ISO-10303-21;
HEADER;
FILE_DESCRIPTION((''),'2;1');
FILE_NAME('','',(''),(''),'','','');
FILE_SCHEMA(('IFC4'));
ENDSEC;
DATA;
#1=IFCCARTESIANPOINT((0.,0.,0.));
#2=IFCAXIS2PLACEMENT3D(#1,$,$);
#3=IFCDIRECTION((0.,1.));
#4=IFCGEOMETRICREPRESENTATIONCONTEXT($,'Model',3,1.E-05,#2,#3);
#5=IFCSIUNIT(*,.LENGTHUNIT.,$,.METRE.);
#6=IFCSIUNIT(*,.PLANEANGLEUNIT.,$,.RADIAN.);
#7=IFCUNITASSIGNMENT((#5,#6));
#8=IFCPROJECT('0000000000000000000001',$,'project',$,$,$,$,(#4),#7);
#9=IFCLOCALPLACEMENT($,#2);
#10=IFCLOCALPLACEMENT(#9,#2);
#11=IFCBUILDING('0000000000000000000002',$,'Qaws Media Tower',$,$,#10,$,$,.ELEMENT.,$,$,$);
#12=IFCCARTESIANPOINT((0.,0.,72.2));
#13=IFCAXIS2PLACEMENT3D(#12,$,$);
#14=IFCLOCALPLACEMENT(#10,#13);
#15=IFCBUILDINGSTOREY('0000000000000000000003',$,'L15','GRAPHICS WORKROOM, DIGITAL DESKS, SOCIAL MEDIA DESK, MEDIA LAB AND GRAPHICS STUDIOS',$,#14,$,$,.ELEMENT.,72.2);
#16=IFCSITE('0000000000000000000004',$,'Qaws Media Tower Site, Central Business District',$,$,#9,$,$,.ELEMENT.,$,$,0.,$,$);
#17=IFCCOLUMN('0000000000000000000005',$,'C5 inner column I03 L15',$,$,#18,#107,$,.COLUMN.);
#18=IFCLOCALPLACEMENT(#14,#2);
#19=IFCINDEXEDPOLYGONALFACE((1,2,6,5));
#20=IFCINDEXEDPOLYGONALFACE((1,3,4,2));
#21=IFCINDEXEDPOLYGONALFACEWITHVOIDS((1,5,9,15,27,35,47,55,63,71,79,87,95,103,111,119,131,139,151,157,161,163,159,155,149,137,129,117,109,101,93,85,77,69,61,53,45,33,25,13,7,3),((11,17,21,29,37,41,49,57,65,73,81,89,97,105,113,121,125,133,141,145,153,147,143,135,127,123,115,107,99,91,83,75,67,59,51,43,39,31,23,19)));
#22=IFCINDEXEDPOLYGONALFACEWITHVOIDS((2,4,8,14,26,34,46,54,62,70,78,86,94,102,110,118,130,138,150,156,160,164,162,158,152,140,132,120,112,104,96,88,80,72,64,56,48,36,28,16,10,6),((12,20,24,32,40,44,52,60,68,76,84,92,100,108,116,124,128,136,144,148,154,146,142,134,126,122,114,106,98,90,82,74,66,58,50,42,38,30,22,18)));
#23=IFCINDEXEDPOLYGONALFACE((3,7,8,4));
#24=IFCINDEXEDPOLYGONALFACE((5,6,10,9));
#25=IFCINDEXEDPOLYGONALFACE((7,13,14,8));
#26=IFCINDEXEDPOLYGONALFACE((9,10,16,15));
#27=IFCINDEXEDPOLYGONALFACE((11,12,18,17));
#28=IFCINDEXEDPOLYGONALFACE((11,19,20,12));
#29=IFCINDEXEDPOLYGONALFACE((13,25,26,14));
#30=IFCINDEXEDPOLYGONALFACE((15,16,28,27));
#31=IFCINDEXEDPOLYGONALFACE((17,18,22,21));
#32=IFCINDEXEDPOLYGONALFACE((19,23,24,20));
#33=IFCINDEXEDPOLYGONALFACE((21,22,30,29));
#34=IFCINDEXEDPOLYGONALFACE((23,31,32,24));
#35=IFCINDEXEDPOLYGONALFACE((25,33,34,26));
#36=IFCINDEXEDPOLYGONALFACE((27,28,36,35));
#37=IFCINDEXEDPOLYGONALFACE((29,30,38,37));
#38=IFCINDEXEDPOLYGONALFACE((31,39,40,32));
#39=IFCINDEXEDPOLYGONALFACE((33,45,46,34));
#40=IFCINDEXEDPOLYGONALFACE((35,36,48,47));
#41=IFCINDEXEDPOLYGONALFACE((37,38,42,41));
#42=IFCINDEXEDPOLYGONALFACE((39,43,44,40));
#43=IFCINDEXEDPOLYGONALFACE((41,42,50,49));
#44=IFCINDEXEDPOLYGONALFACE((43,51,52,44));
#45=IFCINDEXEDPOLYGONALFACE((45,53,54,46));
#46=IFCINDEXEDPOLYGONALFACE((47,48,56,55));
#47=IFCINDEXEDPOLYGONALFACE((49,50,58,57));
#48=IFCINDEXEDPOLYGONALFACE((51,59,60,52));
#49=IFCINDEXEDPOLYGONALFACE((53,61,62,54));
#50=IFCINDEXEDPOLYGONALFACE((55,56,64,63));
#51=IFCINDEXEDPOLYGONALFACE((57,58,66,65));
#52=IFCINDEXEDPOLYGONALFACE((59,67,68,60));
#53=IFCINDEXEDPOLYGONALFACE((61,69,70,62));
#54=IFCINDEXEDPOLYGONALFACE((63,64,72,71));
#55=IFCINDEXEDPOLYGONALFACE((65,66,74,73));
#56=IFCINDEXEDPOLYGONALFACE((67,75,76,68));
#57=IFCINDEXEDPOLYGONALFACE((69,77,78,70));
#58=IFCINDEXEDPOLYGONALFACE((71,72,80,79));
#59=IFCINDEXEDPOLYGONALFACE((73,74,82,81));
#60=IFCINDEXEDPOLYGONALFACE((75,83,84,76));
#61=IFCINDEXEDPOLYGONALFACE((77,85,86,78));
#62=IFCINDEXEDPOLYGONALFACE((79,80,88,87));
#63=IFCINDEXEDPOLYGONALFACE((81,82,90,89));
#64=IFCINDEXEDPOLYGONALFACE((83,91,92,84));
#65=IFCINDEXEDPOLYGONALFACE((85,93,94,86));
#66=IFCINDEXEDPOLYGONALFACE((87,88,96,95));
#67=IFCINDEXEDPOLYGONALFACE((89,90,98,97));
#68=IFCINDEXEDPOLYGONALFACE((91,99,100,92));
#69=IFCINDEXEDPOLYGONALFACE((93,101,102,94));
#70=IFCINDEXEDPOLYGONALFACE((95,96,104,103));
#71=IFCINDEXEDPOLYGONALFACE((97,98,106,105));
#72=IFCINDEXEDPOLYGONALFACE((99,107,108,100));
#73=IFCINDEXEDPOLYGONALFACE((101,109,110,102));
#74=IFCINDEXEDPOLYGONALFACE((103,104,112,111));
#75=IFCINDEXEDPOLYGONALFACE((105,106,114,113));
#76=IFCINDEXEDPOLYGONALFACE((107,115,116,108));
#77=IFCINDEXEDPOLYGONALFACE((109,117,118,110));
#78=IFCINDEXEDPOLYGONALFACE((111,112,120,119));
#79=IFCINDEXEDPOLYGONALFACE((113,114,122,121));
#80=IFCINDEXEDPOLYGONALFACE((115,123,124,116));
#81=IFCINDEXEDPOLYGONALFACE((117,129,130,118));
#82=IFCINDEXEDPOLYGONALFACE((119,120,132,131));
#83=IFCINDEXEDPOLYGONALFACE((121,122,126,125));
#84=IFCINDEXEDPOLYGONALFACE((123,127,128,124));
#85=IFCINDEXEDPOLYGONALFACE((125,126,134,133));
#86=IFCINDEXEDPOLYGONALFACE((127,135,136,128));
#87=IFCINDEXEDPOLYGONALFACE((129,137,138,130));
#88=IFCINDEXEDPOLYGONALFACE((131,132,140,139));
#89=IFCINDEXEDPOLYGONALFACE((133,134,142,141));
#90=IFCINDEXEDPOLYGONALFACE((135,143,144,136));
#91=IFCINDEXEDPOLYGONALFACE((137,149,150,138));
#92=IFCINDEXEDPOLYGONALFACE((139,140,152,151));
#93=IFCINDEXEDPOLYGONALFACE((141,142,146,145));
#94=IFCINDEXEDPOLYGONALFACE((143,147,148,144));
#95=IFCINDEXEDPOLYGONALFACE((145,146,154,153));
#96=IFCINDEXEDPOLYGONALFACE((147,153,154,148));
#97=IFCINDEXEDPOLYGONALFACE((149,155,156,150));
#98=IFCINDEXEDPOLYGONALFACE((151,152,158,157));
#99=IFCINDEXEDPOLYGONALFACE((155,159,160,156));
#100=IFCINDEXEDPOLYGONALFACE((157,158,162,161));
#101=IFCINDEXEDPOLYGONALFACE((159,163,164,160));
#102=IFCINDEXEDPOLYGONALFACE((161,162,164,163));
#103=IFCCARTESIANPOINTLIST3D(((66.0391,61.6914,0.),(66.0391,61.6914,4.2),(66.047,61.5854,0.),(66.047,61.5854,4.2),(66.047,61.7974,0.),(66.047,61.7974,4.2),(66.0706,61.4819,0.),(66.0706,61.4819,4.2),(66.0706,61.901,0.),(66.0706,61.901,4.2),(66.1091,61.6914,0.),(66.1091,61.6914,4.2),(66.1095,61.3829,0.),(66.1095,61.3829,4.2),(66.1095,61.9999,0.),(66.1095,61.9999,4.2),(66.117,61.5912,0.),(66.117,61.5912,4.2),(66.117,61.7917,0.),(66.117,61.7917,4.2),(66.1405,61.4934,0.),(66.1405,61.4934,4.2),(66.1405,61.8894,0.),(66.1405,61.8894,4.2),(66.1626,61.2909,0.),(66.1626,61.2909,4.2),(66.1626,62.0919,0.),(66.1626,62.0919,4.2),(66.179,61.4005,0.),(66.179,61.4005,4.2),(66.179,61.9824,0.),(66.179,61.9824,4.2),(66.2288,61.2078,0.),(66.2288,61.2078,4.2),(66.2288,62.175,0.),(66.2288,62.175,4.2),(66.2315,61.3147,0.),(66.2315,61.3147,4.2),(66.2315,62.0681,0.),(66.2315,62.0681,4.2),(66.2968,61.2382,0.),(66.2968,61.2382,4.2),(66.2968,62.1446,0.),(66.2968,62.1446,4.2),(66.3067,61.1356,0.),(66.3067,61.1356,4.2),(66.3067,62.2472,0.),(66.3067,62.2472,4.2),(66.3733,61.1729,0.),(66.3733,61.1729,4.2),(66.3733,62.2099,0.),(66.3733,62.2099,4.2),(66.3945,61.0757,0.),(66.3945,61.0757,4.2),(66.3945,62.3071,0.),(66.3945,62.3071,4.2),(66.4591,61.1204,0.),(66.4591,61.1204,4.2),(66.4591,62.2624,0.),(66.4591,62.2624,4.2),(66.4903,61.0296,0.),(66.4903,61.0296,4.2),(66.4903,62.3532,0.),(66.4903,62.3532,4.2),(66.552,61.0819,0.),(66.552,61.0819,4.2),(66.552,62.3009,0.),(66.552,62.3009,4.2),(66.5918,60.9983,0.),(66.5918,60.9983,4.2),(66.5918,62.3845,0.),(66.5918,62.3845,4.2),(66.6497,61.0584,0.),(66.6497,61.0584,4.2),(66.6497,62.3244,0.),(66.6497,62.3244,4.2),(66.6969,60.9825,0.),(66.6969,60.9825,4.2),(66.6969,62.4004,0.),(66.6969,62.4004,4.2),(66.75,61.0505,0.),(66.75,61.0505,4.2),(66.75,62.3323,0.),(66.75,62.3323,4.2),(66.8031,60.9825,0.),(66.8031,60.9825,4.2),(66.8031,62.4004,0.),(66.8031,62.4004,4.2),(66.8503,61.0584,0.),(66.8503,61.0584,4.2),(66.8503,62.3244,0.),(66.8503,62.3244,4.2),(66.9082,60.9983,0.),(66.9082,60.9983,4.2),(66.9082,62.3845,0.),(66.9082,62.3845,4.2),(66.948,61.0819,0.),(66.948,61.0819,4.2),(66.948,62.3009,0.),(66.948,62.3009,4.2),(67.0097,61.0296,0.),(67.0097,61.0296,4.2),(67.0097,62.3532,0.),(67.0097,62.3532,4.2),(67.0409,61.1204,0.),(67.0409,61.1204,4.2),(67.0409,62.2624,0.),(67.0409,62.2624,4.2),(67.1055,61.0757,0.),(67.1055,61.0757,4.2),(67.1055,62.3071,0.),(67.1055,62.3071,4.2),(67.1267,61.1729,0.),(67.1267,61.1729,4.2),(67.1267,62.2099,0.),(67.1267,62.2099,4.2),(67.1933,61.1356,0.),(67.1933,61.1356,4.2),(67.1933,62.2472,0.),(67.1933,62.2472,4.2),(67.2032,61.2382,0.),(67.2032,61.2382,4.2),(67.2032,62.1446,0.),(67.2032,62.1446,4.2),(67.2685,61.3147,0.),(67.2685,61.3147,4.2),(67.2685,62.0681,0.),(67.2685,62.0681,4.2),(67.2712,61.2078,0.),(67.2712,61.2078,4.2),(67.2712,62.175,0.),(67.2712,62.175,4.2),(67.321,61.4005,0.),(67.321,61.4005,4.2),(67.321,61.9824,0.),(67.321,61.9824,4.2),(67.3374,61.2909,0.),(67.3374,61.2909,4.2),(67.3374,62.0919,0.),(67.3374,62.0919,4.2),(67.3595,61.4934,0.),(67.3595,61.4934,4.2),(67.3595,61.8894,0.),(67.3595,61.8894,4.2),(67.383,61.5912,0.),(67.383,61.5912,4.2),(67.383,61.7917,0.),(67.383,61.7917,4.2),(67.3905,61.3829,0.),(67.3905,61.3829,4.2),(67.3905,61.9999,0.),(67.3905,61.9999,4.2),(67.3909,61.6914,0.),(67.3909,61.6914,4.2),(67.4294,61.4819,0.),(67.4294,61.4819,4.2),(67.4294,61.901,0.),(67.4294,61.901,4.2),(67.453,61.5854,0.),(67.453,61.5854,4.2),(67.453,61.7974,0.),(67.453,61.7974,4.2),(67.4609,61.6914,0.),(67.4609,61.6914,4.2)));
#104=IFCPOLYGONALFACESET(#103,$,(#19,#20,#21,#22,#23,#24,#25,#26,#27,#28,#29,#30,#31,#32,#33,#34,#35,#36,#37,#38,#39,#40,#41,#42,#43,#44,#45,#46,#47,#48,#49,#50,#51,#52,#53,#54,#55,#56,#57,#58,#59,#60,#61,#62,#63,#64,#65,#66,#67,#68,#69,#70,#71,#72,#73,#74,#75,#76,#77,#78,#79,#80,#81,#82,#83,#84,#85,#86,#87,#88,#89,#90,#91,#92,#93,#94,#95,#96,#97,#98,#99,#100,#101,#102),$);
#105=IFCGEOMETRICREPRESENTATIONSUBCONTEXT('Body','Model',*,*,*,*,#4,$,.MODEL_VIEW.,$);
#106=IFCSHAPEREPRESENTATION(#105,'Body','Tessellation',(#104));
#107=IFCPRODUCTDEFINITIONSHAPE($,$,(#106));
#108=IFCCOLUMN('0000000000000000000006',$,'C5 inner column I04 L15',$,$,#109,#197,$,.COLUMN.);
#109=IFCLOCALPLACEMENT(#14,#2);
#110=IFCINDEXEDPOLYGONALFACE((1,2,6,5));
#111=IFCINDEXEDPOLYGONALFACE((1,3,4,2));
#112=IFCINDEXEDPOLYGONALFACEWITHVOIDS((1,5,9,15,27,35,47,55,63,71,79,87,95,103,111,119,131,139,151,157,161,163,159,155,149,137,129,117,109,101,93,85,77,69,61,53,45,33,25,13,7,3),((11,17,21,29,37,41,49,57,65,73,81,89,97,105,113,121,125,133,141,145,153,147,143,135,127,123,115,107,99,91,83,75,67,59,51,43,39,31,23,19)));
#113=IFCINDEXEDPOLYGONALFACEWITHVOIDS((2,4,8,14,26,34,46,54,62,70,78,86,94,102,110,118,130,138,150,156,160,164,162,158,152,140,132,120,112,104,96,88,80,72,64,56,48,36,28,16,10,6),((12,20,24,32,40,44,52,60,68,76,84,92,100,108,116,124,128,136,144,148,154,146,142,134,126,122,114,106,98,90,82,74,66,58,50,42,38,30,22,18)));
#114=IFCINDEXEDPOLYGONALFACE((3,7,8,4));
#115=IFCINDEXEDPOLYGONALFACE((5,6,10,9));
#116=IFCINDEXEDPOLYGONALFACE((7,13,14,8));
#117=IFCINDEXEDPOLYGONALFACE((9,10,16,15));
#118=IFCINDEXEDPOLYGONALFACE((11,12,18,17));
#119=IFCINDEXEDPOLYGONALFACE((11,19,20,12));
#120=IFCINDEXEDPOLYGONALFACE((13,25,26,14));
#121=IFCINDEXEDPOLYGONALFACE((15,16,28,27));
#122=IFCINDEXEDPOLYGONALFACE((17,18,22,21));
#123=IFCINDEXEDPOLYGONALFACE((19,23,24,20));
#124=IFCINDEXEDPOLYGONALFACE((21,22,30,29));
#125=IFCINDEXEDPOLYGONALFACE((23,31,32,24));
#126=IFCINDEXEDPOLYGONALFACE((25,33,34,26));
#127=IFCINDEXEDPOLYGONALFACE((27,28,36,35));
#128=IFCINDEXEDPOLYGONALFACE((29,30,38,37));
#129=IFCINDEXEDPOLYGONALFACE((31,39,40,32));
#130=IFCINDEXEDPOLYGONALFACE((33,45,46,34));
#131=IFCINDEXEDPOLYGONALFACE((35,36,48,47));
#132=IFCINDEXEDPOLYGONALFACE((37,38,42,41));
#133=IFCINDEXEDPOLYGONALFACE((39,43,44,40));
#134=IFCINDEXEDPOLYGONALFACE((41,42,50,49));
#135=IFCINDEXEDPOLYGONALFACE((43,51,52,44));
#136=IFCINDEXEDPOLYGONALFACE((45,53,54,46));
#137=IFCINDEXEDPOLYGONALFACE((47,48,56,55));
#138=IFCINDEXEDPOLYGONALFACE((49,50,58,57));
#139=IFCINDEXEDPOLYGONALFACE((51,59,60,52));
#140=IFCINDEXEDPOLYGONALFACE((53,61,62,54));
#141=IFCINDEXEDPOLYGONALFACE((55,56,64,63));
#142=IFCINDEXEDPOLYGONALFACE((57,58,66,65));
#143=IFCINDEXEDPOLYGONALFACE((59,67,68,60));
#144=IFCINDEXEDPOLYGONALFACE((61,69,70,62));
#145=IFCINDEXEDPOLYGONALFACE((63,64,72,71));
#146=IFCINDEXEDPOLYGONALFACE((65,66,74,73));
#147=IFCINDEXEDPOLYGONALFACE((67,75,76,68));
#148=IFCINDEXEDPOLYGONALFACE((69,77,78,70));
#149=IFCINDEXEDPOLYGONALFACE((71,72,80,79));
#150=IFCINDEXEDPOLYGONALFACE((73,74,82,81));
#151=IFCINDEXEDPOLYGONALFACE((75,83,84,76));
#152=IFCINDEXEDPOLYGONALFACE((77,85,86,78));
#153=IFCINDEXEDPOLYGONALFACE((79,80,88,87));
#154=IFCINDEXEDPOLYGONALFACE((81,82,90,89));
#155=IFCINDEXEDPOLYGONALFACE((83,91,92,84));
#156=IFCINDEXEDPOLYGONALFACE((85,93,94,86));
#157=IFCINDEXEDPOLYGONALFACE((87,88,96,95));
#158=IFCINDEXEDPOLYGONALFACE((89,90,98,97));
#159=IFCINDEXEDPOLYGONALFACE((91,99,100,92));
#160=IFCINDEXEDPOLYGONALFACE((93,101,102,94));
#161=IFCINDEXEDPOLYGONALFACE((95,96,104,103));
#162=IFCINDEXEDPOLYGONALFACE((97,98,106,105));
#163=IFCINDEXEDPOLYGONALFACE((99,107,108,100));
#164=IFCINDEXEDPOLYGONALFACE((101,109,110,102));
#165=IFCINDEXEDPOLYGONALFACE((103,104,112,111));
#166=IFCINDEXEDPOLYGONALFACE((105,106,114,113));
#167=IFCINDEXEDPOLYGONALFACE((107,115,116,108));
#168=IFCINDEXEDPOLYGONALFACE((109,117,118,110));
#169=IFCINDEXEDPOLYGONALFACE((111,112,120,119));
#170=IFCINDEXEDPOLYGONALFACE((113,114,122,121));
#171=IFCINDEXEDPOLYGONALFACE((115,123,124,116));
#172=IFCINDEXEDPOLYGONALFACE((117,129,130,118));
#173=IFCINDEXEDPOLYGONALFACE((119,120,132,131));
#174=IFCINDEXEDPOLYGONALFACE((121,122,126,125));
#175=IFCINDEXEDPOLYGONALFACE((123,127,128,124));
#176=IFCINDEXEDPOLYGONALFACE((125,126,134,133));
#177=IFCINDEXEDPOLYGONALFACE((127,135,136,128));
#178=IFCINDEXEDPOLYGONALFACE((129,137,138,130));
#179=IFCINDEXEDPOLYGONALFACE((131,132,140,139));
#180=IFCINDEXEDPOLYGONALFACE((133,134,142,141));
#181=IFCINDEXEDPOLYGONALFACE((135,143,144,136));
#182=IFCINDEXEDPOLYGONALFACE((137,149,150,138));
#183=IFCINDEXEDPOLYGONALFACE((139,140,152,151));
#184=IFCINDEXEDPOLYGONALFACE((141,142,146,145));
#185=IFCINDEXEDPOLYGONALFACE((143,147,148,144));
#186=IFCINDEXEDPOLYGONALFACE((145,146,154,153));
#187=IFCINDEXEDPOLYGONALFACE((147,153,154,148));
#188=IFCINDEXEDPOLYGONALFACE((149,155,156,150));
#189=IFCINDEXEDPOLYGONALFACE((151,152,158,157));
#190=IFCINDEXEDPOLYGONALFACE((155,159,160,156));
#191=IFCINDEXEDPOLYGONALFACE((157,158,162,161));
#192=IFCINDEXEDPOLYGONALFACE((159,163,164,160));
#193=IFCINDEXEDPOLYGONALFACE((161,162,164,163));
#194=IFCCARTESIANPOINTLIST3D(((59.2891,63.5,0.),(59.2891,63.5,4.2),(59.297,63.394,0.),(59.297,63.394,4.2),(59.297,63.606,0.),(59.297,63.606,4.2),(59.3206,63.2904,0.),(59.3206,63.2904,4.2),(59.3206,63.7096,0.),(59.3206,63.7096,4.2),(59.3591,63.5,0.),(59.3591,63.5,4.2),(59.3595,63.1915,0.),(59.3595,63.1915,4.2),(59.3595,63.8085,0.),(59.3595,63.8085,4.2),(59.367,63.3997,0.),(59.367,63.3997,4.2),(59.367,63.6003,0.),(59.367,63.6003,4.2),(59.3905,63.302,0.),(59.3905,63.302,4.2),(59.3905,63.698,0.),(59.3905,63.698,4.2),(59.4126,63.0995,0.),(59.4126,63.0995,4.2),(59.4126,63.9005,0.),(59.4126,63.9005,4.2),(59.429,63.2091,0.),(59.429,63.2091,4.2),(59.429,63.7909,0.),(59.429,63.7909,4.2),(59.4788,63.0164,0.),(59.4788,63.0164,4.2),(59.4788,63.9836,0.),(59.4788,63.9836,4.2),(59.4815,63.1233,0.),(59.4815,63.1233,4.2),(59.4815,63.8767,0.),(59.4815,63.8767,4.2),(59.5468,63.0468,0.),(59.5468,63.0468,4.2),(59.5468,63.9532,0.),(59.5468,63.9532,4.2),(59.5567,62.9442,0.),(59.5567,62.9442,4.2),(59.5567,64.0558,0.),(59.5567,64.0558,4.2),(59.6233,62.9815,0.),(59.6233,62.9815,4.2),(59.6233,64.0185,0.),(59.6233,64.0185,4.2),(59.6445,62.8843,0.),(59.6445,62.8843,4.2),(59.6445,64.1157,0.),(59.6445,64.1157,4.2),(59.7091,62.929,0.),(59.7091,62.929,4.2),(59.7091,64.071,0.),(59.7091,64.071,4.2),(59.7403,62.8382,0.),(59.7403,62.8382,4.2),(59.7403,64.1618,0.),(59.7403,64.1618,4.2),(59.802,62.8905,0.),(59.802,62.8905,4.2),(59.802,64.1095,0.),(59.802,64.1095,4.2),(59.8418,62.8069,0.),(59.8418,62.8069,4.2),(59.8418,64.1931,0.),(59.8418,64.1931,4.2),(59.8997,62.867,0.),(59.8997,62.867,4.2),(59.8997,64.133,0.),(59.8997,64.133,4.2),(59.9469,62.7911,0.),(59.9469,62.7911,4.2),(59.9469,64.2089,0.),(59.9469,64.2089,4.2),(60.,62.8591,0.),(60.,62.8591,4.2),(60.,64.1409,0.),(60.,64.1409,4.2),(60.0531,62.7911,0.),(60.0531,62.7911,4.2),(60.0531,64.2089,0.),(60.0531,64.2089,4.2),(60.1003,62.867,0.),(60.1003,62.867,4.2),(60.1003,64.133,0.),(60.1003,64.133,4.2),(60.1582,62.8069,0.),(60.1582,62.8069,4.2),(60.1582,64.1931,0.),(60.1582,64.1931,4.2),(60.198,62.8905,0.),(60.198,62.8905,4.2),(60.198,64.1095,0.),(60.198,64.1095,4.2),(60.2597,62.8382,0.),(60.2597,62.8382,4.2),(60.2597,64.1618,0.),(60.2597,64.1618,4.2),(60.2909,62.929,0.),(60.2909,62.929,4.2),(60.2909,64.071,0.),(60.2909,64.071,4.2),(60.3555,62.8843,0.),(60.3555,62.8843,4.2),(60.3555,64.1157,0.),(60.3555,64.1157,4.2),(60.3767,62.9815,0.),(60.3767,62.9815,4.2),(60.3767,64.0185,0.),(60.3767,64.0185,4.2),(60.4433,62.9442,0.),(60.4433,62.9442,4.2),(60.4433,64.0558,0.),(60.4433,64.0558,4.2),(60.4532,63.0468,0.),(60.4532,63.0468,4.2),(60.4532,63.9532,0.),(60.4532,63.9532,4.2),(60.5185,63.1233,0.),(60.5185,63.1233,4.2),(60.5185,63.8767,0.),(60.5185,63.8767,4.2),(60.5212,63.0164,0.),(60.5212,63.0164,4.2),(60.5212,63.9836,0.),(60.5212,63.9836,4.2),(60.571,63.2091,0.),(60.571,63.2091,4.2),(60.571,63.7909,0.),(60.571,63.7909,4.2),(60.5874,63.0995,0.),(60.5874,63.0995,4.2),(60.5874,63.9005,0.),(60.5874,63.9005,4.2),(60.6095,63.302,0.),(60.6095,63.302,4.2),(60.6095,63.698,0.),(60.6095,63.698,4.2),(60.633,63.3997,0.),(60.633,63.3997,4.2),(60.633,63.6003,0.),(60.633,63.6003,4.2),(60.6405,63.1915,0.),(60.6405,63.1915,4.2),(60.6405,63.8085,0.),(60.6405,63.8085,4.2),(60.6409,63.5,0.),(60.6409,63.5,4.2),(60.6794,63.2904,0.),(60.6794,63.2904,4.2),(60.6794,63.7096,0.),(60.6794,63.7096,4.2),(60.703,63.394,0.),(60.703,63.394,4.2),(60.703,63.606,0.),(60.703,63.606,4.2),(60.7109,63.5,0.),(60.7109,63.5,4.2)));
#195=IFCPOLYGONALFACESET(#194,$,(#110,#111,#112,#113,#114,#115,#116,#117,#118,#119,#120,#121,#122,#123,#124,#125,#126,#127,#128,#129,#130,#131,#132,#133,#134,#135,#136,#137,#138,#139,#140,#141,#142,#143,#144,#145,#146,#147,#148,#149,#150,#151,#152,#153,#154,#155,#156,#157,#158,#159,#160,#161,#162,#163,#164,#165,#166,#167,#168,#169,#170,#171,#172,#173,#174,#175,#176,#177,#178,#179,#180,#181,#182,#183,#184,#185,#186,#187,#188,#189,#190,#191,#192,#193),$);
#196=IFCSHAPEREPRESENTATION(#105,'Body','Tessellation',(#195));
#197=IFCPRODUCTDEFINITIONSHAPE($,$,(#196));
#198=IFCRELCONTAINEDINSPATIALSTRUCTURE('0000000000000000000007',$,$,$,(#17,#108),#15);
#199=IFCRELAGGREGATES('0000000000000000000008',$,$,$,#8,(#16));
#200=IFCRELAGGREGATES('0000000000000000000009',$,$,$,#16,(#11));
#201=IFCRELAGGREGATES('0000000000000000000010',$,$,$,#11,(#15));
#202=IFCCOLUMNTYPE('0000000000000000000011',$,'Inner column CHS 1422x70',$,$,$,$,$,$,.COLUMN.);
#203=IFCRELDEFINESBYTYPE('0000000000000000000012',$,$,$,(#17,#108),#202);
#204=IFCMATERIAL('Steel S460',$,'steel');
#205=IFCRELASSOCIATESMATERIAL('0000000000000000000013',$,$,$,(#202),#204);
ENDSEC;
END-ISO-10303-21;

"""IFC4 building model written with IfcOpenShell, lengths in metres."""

from ifc_helpers import new_model, si_unit, direction, frame, origin, origin_2d, place, context, subcontext, project, spatial, hollow_circle, extrude, material, material_profile, profile_set, type_object, element, save


model = new_model("IFC4")

# Units and contexts
model_context = context("Model", 3, precision=1e-05, world=origin(), true_north=direction((0.0, 1.0)))
body_context = subcontext(model_context, "Body", "Model", "MODEL_VIEW")
ifc_project = project(units=[si_unit("LENGTHUNIT", "METRE"), si_unit("PLANEANGLEUNIT", "RADIAN")], contexts=[model_context])

# Site, building, storey
site_placement = place(None, origin())
site = spatial("IfcSite", under=ifc_project, at=site_placement, Name="Qaws Media Tower Site, Central Business District", CompositionType="ELEMENT", RefElevation=0.0)
building_placement = place(site_placement, origin())
building = spatial("IfcBuilding", under=site, at=building_placement, Name="Qaws Media Tower", CompositionType="ELEMENT")
storey_placement = place(building_placement, frame((0.0, 0.0, 72.2)))
storey = spatial("IfcBuildingStorey", under=building, at=storey_placement, Name="L15", Description="GRAPHICS WORKROOM, DIGITAL DESKS, SOCIAL MEDIA DESK, MEDIA LAB AND GRAPHICS STUDIOS", CompositionType="ELEMENT", Elevation=72.2)

# Columns
ifc_material_1 = material(Name="Steel S460", Category="steel")
ifc_material_profile_1 = material_profile(ifc_material_1, hollow_circle(Radius=0.7109, WallThickness=0.0701, at=origin_2d()), Name="CHS 1422x70")
ifc_profile_set_1 = profile_set([ifc_material_profile_1], Name="Steel S460")
column_type = type_object("IfcColumnType", Name="Inner column CHS 1422x70", PredefinedType="COLUMN", material=ifc_profile_set_1)
for number, where, z_axis, x_axis, name in (
    (1, (66.75, 61.6914, 0.0), (0.0, 0.0, 1.0), (1.0, 0.0, 0.0), "C5 inner column I03 L15"),
    (2, (60.0, 63.5, 0.0), (0.0, 0.0, 1.0), (1.0, 0.0, 0.0), "C5 inner column I04 L15"),
):
    element("IfcColumn", number, at=place(storey_placement, frame(where, z_axis=z_axis, x_axis=x_axis)), inside=storey, type_object=column_type, Name=name, PredefinedType="COLUMN", context=body_context, shape_type="SweptSolid", body=[
        extrude(hollow_circle(Radius=0.7109, WallThickness=0.0701, at=origin_2d()), origin(), (0.0, 0.0, 1.0), 4.2),
    ])

save(model, "model.ifc")
